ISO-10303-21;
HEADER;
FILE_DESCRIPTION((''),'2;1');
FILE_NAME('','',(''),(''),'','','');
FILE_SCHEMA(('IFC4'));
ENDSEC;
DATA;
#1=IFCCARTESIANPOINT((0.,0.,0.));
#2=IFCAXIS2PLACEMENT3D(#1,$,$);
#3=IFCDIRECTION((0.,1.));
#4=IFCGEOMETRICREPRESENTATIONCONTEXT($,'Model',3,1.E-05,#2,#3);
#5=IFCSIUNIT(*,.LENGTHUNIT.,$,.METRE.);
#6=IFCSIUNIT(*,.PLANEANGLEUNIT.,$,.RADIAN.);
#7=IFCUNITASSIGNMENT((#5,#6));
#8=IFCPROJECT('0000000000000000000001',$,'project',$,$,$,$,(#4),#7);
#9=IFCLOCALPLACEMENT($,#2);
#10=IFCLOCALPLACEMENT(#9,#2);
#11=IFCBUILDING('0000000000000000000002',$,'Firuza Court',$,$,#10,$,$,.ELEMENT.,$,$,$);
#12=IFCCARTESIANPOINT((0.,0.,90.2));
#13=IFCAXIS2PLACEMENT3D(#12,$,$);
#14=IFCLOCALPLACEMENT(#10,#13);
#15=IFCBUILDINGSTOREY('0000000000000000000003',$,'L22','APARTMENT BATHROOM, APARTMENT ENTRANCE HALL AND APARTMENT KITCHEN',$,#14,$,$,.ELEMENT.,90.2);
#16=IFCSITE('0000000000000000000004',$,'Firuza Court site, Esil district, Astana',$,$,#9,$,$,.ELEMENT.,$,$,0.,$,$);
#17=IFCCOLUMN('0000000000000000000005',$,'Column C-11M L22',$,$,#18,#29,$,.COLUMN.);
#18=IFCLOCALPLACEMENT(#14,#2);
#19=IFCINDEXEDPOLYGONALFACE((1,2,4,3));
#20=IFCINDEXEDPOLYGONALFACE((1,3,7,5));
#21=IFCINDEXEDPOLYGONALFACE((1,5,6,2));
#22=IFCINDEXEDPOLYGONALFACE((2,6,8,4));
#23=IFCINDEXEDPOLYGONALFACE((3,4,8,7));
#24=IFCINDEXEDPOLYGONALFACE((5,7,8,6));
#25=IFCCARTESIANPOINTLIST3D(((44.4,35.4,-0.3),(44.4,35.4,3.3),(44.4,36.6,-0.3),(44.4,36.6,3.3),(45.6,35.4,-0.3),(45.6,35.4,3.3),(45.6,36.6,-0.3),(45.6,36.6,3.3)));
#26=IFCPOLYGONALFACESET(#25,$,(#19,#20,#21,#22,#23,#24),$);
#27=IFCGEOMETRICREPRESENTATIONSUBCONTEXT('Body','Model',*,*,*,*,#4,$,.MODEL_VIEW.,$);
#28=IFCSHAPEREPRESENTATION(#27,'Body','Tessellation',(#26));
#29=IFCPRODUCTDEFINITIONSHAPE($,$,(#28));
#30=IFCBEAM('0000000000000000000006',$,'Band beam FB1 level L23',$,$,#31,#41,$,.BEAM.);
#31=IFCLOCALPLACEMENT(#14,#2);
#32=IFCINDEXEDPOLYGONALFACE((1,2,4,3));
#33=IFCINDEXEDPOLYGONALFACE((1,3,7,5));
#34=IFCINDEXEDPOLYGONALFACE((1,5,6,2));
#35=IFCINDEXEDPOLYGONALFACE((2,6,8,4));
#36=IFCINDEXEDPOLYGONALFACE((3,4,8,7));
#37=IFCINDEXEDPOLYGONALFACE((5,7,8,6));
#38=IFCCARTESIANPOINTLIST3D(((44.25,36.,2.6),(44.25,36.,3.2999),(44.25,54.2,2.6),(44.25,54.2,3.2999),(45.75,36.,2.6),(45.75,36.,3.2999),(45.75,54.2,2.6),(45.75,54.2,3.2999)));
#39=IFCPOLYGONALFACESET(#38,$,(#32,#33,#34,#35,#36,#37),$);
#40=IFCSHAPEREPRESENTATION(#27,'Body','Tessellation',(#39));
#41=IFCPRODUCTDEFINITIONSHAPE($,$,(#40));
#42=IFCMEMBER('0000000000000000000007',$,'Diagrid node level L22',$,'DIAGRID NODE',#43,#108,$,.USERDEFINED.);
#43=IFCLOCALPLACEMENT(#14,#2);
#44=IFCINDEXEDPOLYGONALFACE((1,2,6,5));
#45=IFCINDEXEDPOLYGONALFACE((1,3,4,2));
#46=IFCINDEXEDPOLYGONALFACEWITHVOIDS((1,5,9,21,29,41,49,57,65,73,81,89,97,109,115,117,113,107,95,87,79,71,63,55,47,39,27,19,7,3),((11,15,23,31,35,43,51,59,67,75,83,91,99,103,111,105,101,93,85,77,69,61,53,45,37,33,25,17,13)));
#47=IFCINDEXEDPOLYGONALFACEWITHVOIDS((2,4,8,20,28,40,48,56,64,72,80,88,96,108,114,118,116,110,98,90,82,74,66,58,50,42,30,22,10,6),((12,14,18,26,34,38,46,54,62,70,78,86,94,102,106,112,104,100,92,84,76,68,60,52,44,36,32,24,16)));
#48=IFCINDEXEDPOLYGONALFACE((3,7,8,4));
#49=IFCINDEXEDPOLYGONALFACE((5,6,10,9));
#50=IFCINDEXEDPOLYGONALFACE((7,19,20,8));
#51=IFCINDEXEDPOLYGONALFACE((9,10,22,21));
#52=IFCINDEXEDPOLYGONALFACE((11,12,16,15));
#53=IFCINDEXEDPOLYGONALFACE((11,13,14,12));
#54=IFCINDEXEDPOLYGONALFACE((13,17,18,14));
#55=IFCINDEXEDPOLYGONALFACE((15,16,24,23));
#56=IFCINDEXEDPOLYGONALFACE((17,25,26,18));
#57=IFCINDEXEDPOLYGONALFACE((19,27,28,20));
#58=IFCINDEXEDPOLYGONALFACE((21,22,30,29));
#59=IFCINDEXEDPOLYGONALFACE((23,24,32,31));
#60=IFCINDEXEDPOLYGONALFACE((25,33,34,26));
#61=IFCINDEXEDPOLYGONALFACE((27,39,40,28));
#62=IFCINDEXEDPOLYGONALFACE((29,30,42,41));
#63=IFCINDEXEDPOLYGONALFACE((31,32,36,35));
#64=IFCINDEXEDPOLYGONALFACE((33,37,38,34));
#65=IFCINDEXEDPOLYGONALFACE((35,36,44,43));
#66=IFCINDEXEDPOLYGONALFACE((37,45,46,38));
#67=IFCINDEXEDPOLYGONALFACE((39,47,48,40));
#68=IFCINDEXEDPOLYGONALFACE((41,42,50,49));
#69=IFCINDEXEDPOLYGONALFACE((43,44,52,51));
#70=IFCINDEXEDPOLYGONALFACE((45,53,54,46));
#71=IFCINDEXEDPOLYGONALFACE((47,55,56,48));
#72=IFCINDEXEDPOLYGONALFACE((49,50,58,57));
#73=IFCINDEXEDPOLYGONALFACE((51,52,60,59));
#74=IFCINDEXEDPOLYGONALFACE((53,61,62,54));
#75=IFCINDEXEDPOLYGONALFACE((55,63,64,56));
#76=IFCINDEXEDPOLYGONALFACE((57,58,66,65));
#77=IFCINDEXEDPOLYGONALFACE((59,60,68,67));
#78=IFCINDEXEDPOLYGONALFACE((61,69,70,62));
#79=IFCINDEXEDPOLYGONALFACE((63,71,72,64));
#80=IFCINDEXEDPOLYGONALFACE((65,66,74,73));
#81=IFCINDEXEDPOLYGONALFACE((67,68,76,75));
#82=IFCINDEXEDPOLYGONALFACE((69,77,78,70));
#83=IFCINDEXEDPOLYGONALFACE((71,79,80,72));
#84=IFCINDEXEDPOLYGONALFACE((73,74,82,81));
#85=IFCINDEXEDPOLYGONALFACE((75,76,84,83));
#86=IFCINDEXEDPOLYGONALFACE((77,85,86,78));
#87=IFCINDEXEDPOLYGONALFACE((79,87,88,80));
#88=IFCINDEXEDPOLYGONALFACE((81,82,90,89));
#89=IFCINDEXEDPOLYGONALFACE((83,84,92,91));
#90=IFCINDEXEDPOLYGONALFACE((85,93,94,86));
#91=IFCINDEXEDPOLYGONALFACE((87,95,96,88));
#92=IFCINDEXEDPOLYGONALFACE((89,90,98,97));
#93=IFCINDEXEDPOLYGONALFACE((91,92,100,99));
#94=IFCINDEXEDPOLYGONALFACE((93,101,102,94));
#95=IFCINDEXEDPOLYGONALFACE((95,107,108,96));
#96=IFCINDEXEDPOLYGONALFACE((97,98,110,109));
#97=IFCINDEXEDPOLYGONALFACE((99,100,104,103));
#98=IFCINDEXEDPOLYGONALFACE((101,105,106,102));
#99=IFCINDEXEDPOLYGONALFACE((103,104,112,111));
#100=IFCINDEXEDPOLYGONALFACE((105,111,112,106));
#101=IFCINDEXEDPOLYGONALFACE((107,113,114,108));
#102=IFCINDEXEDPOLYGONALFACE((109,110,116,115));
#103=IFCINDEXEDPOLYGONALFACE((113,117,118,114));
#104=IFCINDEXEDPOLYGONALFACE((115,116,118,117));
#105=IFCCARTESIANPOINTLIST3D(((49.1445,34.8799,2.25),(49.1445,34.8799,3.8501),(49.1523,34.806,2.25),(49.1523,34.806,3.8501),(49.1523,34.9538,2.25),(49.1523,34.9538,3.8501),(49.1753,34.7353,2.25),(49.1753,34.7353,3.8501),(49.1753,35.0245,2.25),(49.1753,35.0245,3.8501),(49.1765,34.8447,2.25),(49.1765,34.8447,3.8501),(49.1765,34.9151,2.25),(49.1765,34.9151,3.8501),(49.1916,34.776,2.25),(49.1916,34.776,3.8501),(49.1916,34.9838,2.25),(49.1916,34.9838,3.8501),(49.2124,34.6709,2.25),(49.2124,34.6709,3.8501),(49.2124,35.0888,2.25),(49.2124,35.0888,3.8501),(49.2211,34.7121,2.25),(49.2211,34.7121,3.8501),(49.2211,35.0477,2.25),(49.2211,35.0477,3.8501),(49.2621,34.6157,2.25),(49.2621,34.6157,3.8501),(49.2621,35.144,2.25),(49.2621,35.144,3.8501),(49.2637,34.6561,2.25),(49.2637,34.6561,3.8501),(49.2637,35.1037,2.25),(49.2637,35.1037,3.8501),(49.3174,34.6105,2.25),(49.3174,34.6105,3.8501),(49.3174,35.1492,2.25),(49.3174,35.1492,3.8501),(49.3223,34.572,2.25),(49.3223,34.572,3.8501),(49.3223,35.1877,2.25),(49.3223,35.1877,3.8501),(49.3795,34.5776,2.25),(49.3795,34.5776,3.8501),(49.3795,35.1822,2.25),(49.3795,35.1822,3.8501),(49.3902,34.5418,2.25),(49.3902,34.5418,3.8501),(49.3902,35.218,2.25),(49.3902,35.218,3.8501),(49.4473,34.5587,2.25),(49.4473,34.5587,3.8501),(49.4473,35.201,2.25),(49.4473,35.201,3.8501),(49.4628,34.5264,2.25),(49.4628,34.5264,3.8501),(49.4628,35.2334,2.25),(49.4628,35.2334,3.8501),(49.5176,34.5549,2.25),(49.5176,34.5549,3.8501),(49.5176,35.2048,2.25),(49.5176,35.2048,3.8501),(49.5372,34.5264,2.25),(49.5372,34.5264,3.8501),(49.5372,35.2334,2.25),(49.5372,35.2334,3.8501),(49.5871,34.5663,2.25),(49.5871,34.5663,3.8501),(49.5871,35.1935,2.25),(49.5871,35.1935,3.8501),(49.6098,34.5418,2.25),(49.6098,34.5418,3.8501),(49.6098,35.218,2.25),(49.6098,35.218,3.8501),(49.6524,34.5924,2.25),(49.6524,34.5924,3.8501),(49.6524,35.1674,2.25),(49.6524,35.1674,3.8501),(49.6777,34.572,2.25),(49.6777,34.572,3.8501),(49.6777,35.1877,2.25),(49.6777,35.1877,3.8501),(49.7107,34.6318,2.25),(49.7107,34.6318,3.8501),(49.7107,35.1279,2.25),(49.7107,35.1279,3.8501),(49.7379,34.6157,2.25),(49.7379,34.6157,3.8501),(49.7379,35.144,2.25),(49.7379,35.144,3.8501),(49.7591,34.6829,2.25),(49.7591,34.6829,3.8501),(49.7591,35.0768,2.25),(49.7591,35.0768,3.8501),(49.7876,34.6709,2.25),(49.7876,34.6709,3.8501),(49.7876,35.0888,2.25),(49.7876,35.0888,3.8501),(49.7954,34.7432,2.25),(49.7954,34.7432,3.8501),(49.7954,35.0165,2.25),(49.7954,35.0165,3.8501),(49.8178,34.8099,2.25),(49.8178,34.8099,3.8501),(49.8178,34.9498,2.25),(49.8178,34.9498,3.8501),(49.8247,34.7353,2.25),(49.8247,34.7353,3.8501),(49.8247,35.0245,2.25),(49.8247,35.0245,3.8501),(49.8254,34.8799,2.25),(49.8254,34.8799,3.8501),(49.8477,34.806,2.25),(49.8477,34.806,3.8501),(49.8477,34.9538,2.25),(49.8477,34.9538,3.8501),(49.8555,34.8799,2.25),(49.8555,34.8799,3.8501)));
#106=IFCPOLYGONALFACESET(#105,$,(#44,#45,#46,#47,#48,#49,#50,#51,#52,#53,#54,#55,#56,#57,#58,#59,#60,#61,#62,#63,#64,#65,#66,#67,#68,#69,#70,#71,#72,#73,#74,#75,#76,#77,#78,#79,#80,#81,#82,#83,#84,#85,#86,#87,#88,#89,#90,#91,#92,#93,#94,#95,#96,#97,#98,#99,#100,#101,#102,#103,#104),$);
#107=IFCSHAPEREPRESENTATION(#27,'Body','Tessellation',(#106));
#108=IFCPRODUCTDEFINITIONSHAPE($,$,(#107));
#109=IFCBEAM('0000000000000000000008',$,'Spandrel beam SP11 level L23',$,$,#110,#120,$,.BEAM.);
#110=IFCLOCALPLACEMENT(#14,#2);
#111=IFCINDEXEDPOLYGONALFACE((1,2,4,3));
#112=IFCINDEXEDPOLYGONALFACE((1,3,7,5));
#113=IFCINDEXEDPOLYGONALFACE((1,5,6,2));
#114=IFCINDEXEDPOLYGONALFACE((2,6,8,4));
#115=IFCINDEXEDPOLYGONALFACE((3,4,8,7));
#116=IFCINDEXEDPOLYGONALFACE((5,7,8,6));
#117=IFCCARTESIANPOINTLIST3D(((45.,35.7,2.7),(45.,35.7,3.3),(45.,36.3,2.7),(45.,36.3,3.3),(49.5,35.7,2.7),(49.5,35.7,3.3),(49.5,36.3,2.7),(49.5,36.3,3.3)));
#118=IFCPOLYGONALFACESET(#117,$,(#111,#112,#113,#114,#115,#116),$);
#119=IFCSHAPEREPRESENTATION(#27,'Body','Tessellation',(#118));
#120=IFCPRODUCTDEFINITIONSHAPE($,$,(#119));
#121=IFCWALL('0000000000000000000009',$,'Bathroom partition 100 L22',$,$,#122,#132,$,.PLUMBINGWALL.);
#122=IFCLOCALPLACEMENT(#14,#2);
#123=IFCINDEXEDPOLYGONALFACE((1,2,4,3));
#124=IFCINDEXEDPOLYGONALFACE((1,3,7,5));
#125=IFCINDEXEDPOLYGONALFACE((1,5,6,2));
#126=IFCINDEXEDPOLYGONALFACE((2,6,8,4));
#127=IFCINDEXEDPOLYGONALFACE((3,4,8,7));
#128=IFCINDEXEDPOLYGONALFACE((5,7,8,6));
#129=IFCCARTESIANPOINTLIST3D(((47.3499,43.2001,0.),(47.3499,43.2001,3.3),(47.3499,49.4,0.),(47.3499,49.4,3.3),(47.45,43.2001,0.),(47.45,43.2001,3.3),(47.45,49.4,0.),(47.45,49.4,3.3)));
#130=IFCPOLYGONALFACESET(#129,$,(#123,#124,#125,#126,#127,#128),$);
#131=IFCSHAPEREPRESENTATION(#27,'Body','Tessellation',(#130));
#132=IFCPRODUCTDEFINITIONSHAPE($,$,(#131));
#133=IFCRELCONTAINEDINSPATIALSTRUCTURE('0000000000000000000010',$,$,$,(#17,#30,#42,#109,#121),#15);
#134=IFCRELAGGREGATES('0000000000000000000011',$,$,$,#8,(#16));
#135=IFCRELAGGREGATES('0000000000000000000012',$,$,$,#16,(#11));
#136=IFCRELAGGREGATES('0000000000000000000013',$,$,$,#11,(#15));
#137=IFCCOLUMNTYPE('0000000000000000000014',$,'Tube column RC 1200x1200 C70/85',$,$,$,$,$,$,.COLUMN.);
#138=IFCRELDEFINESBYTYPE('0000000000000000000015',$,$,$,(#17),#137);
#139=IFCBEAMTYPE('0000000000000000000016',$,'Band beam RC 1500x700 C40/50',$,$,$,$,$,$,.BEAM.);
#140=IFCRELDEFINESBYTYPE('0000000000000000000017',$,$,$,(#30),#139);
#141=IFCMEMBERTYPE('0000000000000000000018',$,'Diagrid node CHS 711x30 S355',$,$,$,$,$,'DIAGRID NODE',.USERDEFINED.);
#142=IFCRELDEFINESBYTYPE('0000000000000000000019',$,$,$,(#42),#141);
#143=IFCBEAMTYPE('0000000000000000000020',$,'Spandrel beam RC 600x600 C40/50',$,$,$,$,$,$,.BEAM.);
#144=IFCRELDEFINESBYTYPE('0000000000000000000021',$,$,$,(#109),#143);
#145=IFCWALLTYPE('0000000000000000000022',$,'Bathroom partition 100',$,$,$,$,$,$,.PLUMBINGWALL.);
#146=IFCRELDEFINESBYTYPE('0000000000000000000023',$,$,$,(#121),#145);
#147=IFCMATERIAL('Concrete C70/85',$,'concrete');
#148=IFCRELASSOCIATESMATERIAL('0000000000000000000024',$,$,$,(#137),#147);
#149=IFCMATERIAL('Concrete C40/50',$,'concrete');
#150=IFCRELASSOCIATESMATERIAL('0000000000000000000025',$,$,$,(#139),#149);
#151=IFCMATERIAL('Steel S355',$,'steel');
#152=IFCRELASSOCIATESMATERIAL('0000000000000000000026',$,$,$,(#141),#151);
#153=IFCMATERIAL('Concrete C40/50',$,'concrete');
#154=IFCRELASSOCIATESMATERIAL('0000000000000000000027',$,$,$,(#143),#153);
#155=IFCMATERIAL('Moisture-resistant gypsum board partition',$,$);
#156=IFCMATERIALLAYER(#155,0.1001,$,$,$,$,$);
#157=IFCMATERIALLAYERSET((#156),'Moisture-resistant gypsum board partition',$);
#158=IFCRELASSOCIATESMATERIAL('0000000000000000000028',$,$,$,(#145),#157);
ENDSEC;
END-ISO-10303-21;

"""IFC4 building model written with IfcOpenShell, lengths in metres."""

from ifc_helpers import new_model, si_unit, direction, frame, frame_2d, origin, origin_2d, place, context, subcontext, project, spatial, rectangle, hollow_circle, extrude, material, layer, layer_set, material_profile, profile_set, type_object, element, save


model = new_model("IFC4")

# Units and contexts
model_context = context("Model", 3, precision=1e-05, world=origin(), true_north=direction((0.0, 1.0)))
body_context = subcontext(model_context, "Body", "Model", "MODEL_VIEW")
ifc_project = project(units=[si_unit("LENGTHUNIT", "METRE"), si_unit("PLANEANGLEUNIT", "RADIAN")], contexts=[model_context])

# Site, building, storey
site_placement = place(None, origin())
site = spatial("IfcSite", under=ifc_project, at=site_placement, Name="Firuza Court site, Esil district, Astana", CompositionType="ELEMENT", RefElevation=0.0)
building_placement = place(site_placement, origin())
building = spatial("IfcBuilding", under=site, at=building_placement, Name="Firuza Court", CompositionType="ELEMENT")
storey_placement = place(building_placement, frame((0.0, 0.0, 90.2)))
storey = spatial("IfcBuildingStorey", under=building, at=storey_placement, Name="L22", Description="APARTMENT BATHROOM, APARTMENT ENTRANCE HALL AND APARTMENT KITCHEN", CompositionType="ELEMENT", Elevation=90.2)

# Column
ifc_material_1 = material(Name="Concrete C70/85", Category="concrete")
ifc_material_profile_1 = material_profile(ifc_material_1, rectangle(XDim=1.2, YDim=1.2, at=origin_2d()), Name="RC 1200x1200")
ifc_profile_set_1 = profile_set([ifc_material_profile_1], Name="Concrete C70/85")
column_type = type_object("IfcColumnType", Name="Tube column RC 1200x1200 C70/85", PredefinedType="COLUMN", material=ifc_profile_set_1)
column_placement = place(storey_placement, frame((45.0, 36.0, -0.3), z_axis=(0.0, 0.0, 1.0), x_axis=(1.0, 0.0, 0.0)))
element("IfcColumn", 1, at=column_placement, inside=storey, type_object=column_type, Name="Column C-11M L22", PredefinedType="COLUMN", context=body_context, shape_type="SweptSolid", body=[
    extrude(rectangle(XDim=1.2, YDim=1.2, at=origin_2d()), origin(), (0.0, 0.0, 1.0), 3.6001),
])

# Beam
ifc_material_2 = material(Name="Concrete C40/50", Category="concrete")
ifc_material_profile_2 = material_profile(ifc_material_2, rectangle(XDim=1.5, YDim=0.7, at=origin_2d()), Name="RC 1500x700")
ifc_profile_set_2 = profile_set([ifc_material_profile_2], Name="Concrete C40/50")
beam_type_1 = type_object("IfcBeamType", Name="Band beam RC 1500x700 C40/50", PredefinedType="BEAM", material=ifc_profile_set_2)
beam_1_placement = place(storey_placement, frame((45.0, 36.0, 2.95), z_axis=(0.0, 1.0, 0.0), x_axis=(-1.0, 0.0, 0.0)))
element("IfcBeam", 2, at=beam_1_placement, inside=storey, type_object=beam_type_1, Name="Band beam FB1 level L23", PredefinedType="BEAM", context=body_context, shape_type="SweptSolid", body=[
    extrude(rectangle(XDim=1.5, YDim=0.7, at=origin_2d()), origin(), (0.0, 0.0, 1.0), 18.2),
])

# Member
ifc_material_3 = material(Name="Steel S355", Category="steel")
ifc_material_profile_3 = material_profile(ifc_material_3, hollow_circle(Radius=0.3555, WallThickness=0.03, at=origin_2d()), Name="CHS 711x30")
ifc_profile_set_3 = profile_set([ifc_material_profile_3], Name="Steel S355")
member_type = type_object("IfcMemberType", Name="Diagrid node CHS 711x30 S355", ElementType="DIAGRID NODE", PredefinedType="USERDEFINED", material=ifc_profile_set_3)
member_placement = place(storey_placement, frame((49.5, 34.8799, 2.25), z_axis=(0.0, 0.0, 1.0), x_axis=(1.0, 0.0, 0.0)))
element("IfcMember", 3, at=member_placement, inside=storey, type_object=member_type, Name="Diagrid node level L22", ObjectType="DIAGRID NODE", PredefinedType="USERDEFINED", context=body_context, shape_type="SweptSolid", body=[
    extrude(hollow_circle(Radius=0.3555, WallThickness=0.03, at=origin_2d()), origin(), (0.0, 0.0, 1.0), 1.6001),
])

# Beam
ifc_material_4 = material(Name="Concrete C40/50", Category="concrete")
ifc_material_profile_4 = material_profile(ifc_material_4, rectangle(XDim=0.6001, YDim=0.6001, at=origin_2d()), Name="RC 600x600")
ifc_profile_set_4 = profile_set([ifc_material_profile_4], Name="Concrete C40/50")
beam_type_2 = type_object("IfcBeamType", Name="Spandrel beam RC 600x600 C40/50", PredefinedType="BEAM", material=ifc_profile_set_4)
beam_2_placement = place(storey_placement, frame((45.0, 36.0, 3.0), z_axis=(1.0, 0.0, 0.0), x_axis=(0.0, 1.0, 0.0)))
element("IfcBeam", 4, at=beam_2_placement, inside=storey, type_object=beam_type_2, Name="Spandrel beam SP11 level L23", PredefinedType="BEAM", context=body_context, shape_type="SweptSolid", body=[
    extrude(rectangle(XDim=0.6001, YDim=0.6001, at=origin_2d()), origin(), (0.0, 0.0, 1.0), 4.5),
])

# Wall
ifc_material_5 = material(Name="Moisture-resistant gypsum board partition")
ifc_layer_1 = layer(ifc_material_5, 0.1001)
ifc_layer_set_1 = layer_set([ifc_layer_1], Name="Moisture-resistant gypsum board partition")
wall_type_1 = type_object("IfcWallType", Name="Bathroom partition 100", PredefinedType="PLUMBINGWALL", material=ifc_layer_set_1)
wall_1_placement = place(storey_placement, frame((47.3999, 43.2, 0.0), z_axis=(0.0, 0.0, 1.0), x_axis=(0.0, 1.0, 0.0)))
element("IfcWall", 5, at=wall_1_placement, inside=storey, type_object=wall_type_1, Name="Bathroom partition 100 L22", PredefinedType="PLUMBINGWALL", context=body_context, shape_type="SweptSolid", body=[
    extrude(rectangle(XDim=6.2, YDim=0.1001, at=frame_2d((3.1001, 0.0))), origin(), (0.0, 0.0, 1.0), 3.3),
])

save(model, "model.ifc")
